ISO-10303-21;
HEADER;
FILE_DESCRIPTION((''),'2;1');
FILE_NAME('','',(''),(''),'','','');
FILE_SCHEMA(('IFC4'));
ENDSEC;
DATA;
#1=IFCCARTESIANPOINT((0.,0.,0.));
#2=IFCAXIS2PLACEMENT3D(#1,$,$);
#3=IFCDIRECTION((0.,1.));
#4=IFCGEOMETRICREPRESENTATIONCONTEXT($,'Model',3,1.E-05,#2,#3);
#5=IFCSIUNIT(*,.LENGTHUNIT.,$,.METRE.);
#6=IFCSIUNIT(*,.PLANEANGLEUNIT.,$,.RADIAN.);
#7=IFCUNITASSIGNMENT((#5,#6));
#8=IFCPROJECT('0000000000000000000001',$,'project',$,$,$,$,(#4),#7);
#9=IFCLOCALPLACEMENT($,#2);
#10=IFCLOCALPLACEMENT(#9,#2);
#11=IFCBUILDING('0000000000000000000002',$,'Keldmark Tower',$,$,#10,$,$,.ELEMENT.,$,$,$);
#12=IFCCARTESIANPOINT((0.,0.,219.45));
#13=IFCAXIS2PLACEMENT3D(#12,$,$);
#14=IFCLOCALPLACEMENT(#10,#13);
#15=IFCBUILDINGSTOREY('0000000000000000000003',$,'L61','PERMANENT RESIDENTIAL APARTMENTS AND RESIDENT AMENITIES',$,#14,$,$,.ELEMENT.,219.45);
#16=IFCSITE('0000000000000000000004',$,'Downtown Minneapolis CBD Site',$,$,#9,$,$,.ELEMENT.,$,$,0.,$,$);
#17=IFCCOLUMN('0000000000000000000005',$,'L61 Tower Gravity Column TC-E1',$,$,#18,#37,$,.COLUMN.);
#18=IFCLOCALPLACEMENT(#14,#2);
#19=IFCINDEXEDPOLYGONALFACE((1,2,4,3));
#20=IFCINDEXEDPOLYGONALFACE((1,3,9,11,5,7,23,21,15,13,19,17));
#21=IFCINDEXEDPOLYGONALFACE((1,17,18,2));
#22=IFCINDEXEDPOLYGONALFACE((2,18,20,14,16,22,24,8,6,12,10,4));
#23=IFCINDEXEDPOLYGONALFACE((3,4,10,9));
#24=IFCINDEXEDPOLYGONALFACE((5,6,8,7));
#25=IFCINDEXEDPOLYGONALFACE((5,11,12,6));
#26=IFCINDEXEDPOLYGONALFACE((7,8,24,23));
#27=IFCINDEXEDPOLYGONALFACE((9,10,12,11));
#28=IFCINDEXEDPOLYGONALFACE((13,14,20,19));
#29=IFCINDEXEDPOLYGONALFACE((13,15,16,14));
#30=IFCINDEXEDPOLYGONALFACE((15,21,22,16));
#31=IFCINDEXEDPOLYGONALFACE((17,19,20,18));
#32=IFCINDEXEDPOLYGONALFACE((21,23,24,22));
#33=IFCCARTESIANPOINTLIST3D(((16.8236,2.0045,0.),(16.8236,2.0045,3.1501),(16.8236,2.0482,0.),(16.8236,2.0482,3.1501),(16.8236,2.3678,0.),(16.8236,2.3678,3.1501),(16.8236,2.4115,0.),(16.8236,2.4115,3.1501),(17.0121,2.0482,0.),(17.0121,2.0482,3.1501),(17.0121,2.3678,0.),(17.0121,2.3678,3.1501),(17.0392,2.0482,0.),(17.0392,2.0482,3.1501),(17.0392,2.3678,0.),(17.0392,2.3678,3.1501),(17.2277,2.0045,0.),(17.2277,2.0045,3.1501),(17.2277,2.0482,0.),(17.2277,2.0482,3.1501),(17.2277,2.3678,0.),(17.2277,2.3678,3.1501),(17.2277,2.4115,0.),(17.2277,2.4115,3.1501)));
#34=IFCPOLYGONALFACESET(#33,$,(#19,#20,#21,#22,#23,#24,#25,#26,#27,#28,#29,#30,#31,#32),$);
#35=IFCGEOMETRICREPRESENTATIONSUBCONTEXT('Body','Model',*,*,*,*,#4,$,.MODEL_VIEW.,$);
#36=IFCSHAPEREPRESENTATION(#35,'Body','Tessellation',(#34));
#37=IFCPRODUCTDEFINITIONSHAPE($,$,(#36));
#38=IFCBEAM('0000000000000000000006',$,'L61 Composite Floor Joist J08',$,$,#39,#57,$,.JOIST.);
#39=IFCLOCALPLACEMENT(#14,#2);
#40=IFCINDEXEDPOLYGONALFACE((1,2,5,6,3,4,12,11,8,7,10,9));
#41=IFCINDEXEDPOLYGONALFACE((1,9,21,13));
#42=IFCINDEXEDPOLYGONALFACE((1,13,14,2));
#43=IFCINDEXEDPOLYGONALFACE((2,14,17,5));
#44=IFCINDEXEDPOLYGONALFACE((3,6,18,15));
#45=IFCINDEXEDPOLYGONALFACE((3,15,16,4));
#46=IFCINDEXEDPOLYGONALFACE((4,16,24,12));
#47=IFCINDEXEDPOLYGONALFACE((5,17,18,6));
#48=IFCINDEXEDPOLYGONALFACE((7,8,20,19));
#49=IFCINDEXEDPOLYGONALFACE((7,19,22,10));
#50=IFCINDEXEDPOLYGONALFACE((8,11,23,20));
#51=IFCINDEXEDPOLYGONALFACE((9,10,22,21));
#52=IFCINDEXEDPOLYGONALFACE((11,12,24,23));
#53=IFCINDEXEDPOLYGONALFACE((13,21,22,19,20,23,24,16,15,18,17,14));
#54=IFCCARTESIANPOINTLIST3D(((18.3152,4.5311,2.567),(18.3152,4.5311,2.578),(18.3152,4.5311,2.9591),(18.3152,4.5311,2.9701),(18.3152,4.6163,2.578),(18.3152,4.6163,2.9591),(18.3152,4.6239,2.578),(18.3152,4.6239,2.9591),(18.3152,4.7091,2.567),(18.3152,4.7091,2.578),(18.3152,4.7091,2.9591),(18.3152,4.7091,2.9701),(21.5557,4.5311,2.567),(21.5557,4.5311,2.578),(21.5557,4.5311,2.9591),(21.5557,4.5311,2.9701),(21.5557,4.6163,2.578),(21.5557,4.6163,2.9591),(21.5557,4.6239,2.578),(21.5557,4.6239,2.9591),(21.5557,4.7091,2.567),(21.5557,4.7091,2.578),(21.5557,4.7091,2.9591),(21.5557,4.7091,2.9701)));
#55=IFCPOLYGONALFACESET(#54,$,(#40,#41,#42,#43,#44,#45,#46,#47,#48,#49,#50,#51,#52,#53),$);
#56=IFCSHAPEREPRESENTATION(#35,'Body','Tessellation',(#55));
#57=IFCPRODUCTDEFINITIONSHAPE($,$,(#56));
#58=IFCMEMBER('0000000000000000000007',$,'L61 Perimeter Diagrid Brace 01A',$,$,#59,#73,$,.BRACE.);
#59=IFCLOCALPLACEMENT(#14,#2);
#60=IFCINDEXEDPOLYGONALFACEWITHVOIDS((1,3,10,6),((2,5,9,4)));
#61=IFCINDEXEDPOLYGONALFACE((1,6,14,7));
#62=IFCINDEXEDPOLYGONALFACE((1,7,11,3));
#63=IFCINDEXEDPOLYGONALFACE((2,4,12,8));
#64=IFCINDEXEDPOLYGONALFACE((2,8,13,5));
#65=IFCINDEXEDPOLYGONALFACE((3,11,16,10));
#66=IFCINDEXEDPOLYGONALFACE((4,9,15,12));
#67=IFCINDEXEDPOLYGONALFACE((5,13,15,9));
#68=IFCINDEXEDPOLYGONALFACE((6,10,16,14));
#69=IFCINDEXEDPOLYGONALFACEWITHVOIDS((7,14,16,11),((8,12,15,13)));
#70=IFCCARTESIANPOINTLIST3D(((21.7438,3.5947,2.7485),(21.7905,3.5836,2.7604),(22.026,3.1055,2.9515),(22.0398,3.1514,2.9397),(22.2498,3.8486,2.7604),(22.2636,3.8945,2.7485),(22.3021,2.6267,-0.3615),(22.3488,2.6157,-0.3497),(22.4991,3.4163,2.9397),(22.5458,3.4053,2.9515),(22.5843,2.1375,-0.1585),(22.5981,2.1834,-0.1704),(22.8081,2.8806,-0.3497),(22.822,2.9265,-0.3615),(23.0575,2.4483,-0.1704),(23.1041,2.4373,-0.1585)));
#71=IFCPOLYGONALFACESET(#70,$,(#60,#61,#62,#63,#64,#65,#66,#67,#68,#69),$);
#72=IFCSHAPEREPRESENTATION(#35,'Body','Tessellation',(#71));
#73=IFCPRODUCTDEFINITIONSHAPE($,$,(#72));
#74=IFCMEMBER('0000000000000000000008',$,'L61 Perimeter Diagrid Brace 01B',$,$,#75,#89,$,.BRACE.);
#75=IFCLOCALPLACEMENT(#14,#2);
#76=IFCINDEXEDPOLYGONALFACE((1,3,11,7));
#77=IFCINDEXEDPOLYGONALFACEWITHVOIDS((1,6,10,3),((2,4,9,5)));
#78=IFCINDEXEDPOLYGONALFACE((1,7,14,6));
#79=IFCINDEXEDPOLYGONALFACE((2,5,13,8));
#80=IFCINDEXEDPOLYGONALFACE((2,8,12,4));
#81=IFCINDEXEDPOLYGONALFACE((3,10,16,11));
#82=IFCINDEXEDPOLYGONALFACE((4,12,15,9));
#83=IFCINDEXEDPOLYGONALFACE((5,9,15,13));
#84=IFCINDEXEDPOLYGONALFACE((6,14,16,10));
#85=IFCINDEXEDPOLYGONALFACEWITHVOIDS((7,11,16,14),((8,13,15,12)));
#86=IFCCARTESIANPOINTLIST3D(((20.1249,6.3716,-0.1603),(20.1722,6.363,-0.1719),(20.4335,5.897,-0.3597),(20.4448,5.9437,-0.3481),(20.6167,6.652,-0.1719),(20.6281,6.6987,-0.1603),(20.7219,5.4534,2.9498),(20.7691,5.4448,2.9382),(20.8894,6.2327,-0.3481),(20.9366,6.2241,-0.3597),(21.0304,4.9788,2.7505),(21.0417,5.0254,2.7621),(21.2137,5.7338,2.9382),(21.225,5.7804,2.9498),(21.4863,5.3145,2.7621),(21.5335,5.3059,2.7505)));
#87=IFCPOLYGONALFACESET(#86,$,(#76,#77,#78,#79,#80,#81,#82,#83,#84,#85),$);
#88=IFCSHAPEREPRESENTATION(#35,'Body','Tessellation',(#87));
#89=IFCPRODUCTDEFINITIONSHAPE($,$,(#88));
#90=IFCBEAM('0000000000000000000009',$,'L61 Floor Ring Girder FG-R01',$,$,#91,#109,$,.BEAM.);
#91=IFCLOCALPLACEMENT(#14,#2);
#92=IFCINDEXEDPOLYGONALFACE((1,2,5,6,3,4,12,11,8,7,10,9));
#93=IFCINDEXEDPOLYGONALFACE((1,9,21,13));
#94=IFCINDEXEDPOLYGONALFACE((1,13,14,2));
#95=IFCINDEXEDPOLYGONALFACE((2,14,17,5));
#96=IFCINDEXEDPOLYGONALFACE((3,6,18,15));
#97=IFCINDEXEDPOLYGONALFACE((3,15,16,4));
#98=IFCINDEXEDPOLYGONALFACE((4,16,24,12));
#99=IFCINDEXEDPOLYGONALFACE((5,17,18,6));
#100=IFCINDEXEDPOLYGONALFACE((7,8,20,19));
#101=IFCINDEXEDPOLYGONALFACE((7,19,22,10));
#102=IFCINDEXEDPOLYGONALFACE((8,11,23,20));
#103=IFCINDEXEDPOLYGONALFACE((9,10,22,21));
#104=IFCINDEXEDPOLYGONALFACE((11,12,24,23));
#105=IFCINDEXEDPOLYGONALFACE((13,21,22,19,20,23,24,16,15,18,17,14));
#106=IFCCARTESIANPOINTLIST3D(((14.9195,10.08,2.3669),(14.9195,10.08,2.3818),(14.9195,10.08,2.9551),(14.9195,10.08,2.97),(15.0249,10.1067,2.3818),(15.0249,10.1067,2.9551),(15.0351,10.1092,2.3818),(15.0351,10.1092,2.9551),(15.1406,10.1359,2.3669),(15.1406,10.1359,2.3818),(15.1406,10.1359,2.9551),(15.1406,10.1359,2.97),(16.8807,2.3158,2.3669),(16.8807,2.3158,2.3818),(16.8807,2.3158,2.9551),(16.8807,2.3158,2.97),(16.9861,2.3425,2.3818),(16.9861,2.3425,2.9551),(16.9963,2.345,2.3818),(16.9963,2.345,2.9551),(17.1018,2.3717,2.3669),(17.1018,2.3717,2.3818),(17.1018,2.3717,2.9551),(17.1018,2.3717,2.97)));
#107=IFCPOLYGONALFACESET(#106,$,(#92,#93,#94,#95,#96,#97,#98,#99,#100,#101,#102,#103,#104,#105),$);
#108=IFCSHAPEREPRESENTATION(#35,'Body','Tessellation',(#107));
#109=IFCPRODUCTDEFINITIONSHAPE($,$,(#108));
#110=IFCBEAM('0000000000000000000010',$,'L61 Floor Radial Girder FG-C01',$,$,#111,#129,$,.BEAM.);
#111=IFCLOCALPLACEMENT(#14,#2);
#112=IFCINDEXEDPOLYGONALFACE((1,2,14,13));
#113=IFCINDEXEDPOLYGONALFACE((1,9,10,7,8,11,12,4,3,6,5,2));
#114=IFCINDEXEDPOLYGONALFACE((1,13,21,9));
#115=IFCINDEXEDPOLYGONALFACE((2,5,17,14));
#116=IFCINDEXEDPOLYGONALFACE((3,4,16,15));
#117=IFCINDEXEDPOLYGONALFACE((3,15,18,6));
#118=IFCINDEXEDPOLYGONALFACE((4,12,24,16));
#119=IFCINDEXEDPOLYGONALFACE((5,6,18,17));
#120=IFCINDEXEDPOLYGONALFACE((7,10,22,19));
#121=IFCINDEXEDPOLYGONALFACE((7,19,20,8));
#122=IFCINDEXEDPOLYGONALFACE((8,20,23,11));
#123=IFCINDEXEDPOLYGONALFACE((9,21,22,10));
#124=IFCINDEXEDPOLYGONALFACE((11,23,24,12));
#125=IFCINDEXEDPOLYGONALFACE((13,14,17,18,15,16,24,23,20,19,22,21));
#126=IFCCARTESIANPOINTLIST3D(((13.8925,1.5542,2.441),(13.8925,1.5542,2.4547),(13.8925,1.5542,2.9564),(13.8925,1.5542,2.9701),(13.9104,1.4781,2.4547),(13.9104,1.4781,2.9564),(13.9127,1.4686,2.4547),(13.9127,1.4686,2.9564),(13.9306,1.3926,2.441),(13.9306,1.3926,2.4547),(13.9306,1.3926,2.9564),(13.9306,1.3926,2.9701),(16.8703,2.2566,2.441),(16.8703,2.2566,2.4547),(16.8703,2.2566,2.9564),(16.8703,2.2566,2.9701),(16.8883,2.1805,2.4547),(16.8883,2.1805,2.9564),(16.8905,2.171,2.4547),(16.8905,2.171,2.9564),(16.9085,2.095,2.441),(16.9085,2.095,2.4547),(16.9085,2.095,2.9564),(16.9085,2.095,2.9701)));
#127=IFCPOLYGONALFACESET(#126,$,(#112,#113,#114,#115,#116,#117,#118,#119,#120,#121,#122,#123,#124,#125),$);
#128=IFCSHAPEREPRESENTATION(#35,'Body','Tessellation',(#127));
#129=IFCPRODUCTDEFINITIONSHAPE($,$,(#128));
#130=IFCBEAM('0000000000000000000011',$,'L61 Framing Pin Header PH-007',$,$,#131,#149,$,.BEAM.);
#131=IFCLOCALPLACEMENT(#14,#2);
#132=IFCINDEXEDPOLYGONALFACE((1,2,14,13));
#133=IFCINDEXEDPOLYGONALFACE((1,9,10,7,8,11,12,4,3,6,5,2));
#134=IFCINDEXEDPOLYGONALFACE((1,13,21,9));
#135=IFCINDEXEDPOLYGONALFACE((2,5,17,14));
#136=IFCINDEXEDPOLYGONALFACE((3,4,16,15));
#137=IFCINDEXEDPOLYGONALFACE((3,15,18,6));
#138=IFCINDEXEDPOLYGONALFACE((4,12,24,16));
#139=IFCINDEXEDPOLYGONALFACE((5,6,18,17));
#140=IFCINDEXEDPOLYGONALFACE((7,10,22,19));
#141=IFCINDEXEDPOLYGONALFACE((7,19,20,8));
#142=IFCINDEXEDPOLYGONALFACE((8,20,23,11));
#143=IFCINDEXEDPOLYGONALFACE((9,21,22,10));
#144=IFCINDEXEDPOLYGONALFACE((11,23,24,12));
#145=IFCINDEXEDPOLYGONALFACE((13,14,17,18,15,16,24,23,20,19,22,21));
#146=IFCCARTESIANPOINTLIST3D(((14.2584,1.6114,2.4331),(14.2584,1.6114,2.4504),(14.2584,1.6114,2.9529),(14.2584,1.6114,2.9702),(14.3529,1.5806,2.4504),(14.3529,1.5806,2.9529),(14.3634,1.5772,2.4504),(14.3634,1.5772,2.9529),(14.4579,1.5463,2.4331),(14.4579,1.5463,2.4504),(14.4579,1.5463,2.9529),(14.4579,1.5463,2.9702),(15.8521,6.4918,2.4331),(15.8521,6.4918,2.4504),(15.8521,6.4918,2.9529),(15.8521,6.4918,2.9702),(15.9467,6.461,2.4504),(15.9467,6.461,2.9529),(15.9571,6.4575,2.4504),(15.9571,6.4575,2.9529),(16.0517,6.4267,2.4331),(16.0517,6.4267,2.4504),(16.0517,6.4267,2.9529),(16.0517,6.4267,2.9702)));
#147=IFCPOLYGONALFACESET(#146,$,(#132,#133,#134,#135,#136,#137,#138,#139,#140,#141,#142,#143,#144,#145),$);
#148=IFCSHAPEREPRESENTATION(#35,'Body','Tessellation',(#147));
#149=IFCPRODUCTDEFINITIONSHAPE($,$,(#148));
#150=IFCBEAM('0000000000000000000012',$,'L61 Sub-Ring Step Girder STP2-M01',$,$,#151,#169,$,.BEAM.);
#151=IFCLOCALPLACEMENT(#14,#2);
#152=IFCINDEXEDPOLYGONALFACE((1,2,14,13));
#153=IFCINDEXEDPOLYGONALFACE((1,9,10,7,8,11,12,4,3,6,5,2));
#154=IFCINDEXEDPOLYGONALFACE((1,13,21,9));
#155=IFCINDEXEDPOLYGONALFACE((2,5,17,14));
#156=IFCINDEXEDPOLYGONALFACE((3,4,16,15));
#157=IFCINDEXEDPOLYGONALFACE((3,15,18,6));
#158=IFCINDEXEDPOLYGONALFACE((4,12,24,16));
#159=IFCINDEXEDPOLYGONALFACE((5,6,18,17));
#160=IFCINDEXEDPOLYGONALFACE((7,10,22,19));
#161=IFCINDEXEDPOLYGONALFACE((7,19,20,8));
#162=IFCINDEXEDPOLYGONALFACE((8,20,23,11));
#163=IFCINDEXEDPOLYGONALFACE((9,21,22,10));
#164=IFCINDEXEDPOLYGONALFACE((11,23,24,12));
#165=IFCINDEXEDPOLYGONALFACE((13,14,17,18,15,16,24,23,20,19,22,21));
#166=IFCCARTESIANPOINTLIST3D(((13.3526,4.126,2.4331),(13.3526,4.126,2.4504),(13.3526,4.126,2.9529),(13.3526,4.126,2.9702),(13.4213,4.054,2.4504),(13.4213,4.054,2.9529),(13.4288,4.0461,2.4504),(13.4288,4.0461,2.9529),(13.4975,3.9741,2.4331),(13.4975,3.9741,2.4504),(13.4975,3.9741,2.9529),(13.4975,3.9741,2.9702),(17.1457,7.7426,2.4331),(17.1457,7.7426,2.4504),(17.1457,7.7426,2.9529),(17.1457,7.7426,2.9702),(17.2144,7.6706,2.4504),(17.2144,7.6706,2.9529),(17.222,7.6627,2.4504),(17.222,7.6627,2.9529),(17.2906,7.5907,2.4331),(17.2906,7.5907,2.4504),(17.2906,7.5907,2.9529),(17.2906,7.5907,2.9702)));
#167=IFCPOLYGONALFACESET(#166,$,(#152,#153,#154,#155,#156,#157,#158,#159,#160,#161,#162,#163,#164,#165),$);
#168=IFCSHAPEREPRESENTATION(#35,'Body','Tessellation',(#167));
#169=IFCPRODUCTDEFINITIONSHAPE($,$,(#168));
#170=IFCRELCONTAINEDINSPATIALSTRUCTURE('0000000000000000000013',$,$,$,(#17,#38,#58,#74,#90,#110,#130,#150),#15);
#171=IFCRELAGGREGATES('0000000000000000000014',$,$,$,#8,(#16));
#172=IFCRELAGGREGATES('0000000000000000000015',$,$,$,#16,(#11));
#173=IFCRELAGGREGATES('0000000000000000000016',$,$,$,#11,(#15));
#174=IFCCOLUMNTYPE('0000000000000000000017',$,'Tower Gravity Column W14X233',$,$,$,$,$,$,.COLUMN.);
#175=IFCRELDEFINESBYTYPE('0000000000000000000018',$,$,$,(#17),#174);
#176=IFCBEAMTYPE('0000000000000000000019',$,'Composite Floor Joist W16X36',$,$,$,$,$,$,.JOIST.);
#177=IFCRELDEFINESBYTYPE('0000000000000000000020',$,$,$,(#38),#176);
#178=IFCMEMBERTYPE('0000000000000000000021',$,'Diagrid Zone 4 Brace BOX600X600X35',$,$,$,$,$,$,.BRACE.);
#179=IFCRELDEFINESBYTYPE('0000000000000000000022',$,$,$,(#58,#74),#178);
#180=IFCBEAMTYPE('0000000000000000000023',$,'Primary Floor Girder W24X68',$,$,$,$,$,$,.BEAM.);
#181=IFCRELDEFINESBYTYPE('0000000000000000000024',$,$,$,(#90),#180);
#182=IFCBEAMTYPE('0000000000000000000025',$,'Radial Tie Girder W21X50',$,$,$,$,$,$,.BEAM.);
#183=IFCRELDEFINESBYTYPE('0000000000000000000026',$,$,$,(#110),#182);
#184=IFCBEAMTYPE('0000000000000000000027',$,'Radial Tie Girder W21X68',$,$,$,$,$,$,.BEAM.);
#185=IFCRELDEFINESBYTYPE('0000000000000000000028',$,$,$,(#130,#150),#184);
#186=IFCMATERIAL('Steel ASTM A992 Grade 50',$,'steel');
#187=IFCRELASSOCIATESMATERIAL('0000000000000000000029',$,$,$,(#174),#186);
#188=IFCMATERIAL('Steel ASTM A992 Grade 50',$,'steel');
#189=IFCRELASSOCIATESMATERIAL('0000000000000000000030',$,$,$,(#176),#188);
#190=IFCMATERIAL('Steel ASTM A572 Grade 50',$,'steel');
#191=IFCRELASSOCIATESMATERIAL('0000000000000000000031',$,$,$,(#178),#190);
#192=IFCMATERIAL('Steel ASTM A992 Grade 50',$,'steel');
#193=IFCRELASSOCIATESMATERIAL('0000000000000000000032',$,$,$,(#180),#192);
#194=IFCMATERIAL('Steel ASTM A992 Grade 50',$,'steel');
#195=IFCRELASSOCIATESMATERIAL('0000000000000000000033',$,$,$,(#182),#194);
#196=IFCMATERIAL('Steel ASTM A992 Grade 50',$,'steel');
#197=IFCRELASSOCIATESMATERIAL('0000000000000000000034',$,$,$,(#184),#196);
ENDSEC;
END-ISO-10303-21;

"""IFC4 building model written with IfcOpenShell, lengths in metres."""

from ifc_helpers import new_model, si_unit, direction, frame, origin, origin_2d, place, context, subcontext, project, spatial, hollow_rectangle, i_section, extrude, material, material_profile, profile_set, type_object, element, save


model = new_model("IFC4")

# Units and contexts
model_context = context("Model", 3, precision=1e-05, world=origin(), true_north=direction((0.0, 1.0)))
body_context = subcontext(model_context, "Body", "Model", "MODEL_VIEW")
ifc_project = project(units=[si_unit("LENGTHUNIT", "METRE"), si_unit("PLANEANGLEUNIT", "RADIAN")], contexts=[model_context])

# Site, building, storey
site_placement = place(None, origin())
site = spatial("IfcSite", under=ifc_project, at=site_placement, Name="Downtown Minneapolis CBD Site", CompositionType="ELEMENT", RefElevation=0.0)
building_placement = place(site_placement, origin())
building = spatial("IfcBuilding", under=site, at=building_placement, Name="Keldmark Tower", CompositionType="ELEMENT")
storey_placement = place(building_placement, frame((0.0, 0.0, 219.45)))
storey = spatial("IfcBuildingStorey", under=building, at=storey_placement, Name="L61", Description="PERMANENT RESIDENTIAL APARTMENTS AND RESIDENT AMENITIES", CompositionType="ELEMENT", Elevation=219.45)

# Column
ifc_material_1 = material(Name="Steel ASTM A992 Grade 50", Category="steel")
ifc_material_profile_1 = material_profile(ifc_material_1, i_section(OverallWidth=0.4041, OverallDepth=0.407, WebThickness=0.0271, FlangeThickness=0.0437, at=origin_2d()), Name="W14X233")
ifc_profile_set_1 = profile_set([ifc_material_profile_1], Name="Steel ASTM A992 Grade 50")
column_type = type_object("IfcColumnType", Name="Tower Gravity Column W14X233", PredefinedType="COLUMN", material=ifc_profile_set_1)
column_placement = place(storey_placement, frame((17.0256, 2.208, 0.0), z_axis=(0.0, 0.0, 1.0), x_axis=(1.0, 0.0, 0.0)))
element("IfcColumn", 1, at=column_placement, inside=storey, type_object=column_type, Name="L61 Tower Gravity Column TC-E1", PredefinedType="COLUMN", context=body_context, shape_type="SweptSolid", body=[
    extrude(i_section(OverallWidth=0.4041, OverallDepth=0.407, WebThickness=0.0271, FlangeThickness=0.0437, at=origin_2d()), origin(), (0.0, 0.0, 1.0), 3.1501),
])

# Beam
ifc_material_2 = material(Name="Steel ASTM A992 Grade 50", Category="steel")
ifc_material_profile_2 = material_profile(ifc_material_2, i_section(OverallWidth=0.178, OverallDepth=0.4031, WebThickness=0.0076, FlangeThickness=0.011, at=origin_2d()), Name="W16X36")
ifc_profile_set_2 = profile_set([ifc_material_profile_2], Name="Steel ASTM A992 Grade 50")
beam_type_1 = type_object("IfcBeamType", Name="Composite Floor Joist W16X36", PredefinedType="JOIST", material=ifc_profile_set_2)
beam_1_placement = place(storey_placement, frame((18.3152, 4.6201, 2.7686), z_axis=(1.0, 0.0, 0.0), x_axis=(0.0, 1.0, 0.0)))
element("IfcBeam", 2, at=beam_1_placement, inside=storey, type_object=beam_type_1, Name="L61 Composite Floor Joist J08", PredefinedType="JOIST", context=body_context, shape_type="SweptSolid", body=[
    extrude(i_section(OverallWidth=0.178, OverallDepth=0.4031, WebThickness=0.0076, FlangeThickness=0.011, at=origin_2d()), origin(), (0.0, 0.0, 1.0), 3.2405),
])

# Members
ifc_material_3 = material(Name="Steel ASTM A572 Grade 50", Category="steel")
ifc_material_profile_3 = material_profile(ifc_material_3, hollow_rectangle(XDim=0.6001, YDim=0.6001, WallThickness=0.0349, at=origin_2d()), Name="BOX600X600X35")
ifc_profile_set_3 = profile_set([ifc_material_profile_3], Name="Steel ASTM A572 Grade 50")
member_type = type_object("IfcMemberType", Name="Diagrid Zone 4 Brace BOX600X600X35", PredefinedType="BRACE", material=ifc_profile_set_3)
member_1_placement = place(storey_placement, frame((22.7031, 2.532, -0.26), z_axis=(-0.168952, 0.292914, 0.941093), x_axis=(-0.866233, -0.49964, 0.0)))
element("IfcMember", 3, at=member_1_placement, inside=storey, type_object=member_type, Name="L61 Perimeter Diagrid Brace 01A", PredefinedType="BRACE", context=body_context, shape_type="SweptSolid", body=[
    extrude(hollow_rectangle(XDim=0.6001, YDim=0.6001, WallThickness=0.0349, at=origin_2d()), origin(), (0.0, 0.0, 1.0), 3.3047),
])
member_2_placement = place(storey_placement, frame((20.5308, 6.2979, -0.26), z_axis=(0.181034, -0.278474, 0.943228), x_axis=(0.838408, 0.545043, 0.0)))
element("IfcMember", 4, at=member_2_placement, inside=storey, type_object=member_type, Name="L61 Perimeter Diagrid Brace 01B", PredefinedType="BRACE", context=body_context, shape_type="SweptSolid", body=[
    extrude(hollow_rectangle(XDim=0.6001, YDim=0.6001, WallThickness=0.0349, at=origin_2d()), origin(), (0.0, 0.0, 1.0), 3.2974),
])

# Beams
ifc_material_4 = material(Name="Steel ASTM A992 Grade 50", Category="steel")
ifc_material_profile_4 = material_profile(ifc_material_4, i_section(OverallWidth=0.228, OverallDepth=0.603, WebThickness=0.0105, FlangeThickness=0.0149, at=origin_2d()), Name="W24X68")
ifc_profile_set_4 = profile_set([ifc_material_profile_4], Name="Steel ASTM A992 Grade 50")
beam_type_2 = type_object("IfcBeamType", Name="Primary Floor Girder W24X68", PredefinedType="BEAM", material=ifc_profile_set_4)
beam_2_placement = place(storey_placement, frame((16.9912, 2.3438, 2.6685), z_axis=(-0.244902, 0.969548, 0.0), x_axis=(-0.969548, -0.244902, 0.0)))
element("IfcBeam", 5, at=beam_2_placement, inside=storey, type_object=beam_type_2, Name="L61 Floor Ring Girder FG-R01", PredefinedType="BEAM", context=body_context, shape_type="SweptSolid", body=[
    extrude(i_section(OverallWidth=0.228, OverallDepth=0.603, WebThickness=0.0105, FlangeThickness=0.0149, at=origin_2d()), origin(), (0.0, 0.0, 1.0), 8.0081),
])
ifc_material_5 = material(Name="Steel ASTM A992 Grade 50", Category="steel")
ifc_material_profile_5 = material_profile(ifc_material_5, i_section(OverallWidth=0.166, OverallDepth=0.5291, WebThickness=0.0098, FlangeThickness=0.0137, at=origin_2d()), Name="W21X50")
ifc_profile_set_5 = profile_set([ifc_material_profile_5], Name="Steel ASTM A992 Grade 50")
beam_type_3 = type_object("IfcBeamType", Name="Radial Tie Girder W21X50", PredefinedType="BEAM", material=ifc_profile_set_5)
beam_3_placement = place(storey_placement, frame((16.8894, 2.1758, 2.7056), z_axis=(-0.97329, -0.229577, 0.0), x_axis=(0.229577, -0.97329, 0.0)))
element("IfcBeam", 6, at=beam_3_placement, inside=storey, type_object=beam_type_3, Name="L61 Floor Radial Girder FG-C01", PredefinedType="BEAM", context=body_context, shape_type="SweptSolid", body=[
    extrude(i_section(OverallWidth=0.166, OverallDepth=0.5291, WebThickness=0.0098, FlangeThickness=0.0137, at=origin_2d()), origin(), (0.0, 0.0, 1.0), 3.0596),
])
ifc_material_6 = material(Name="Steel ASTM A992 Grade 50", Category="steel")
ifc_material_profile_6 = material_profile(ifc_material_6, i_section(OverallWidth=0.21, OverallDepth=0.5371, WebThickness=0.011, FlangeThickness=0.0173, at=origin_2d()), Name="W21X68")
ifc_profile_set_6 = profile_set([ifc_material_profile_6], Name="Steel ASTM A992 Grade 50")
beam_type_4 = type_object("IfcBeamType", Name="Radial Tie Girder W21X68", PredefinedType="BEAM", material=ifc_profile_set_6)
beam_4_placement = place(storey_placement, frame((14.3582, 1.5789, 2.7017), z_axis=(0.31043, 0.950596, 0.0), x_axis=(-0.950596, 0.31043, 0.0)))
element("IfcBeam", 7, at=beam_4_placement, inside=storey, type_object=beam_type_4, Name="L61 Framing Pin Header PH-007", PredefinedType="BEAM", context=body_context, shape_type="SweptSolid", body=[
    extrude(i_section(OverallWidth=0.21, OverallDepth=0.5371, WebThickness=0.011, FlangeThickness=0.0173, at=origin_2d()), origin(), (0.0, 0.0, 1.0), 5.134),
])
beam_5_placement = place(storey_placement, frame((13.425, 4.05, 2.7017), z_axis=(0.723746, 0.690067, 0.0), x_axis=(-0.690067, 0.723746, 0.0)))
element("IfcBeam", 8, at=beam_5_placement, inside=storey, type_object=beam_type_4, Name="L61 Sub-Ring Step Girder STP2-M01", PredefinedType="BEAM", context=body_context, shape_type="SweptSolid", body=[
    extrude(i_section(OverallWidth=0.21, OverallDepth=0.5371, WebThickness=0.011, FlangeThickness=0.0173, at=origin_2d()), origin(), (0.0, 0.0, 1.0), 5.241),
])

save(model, "model.ifc")
